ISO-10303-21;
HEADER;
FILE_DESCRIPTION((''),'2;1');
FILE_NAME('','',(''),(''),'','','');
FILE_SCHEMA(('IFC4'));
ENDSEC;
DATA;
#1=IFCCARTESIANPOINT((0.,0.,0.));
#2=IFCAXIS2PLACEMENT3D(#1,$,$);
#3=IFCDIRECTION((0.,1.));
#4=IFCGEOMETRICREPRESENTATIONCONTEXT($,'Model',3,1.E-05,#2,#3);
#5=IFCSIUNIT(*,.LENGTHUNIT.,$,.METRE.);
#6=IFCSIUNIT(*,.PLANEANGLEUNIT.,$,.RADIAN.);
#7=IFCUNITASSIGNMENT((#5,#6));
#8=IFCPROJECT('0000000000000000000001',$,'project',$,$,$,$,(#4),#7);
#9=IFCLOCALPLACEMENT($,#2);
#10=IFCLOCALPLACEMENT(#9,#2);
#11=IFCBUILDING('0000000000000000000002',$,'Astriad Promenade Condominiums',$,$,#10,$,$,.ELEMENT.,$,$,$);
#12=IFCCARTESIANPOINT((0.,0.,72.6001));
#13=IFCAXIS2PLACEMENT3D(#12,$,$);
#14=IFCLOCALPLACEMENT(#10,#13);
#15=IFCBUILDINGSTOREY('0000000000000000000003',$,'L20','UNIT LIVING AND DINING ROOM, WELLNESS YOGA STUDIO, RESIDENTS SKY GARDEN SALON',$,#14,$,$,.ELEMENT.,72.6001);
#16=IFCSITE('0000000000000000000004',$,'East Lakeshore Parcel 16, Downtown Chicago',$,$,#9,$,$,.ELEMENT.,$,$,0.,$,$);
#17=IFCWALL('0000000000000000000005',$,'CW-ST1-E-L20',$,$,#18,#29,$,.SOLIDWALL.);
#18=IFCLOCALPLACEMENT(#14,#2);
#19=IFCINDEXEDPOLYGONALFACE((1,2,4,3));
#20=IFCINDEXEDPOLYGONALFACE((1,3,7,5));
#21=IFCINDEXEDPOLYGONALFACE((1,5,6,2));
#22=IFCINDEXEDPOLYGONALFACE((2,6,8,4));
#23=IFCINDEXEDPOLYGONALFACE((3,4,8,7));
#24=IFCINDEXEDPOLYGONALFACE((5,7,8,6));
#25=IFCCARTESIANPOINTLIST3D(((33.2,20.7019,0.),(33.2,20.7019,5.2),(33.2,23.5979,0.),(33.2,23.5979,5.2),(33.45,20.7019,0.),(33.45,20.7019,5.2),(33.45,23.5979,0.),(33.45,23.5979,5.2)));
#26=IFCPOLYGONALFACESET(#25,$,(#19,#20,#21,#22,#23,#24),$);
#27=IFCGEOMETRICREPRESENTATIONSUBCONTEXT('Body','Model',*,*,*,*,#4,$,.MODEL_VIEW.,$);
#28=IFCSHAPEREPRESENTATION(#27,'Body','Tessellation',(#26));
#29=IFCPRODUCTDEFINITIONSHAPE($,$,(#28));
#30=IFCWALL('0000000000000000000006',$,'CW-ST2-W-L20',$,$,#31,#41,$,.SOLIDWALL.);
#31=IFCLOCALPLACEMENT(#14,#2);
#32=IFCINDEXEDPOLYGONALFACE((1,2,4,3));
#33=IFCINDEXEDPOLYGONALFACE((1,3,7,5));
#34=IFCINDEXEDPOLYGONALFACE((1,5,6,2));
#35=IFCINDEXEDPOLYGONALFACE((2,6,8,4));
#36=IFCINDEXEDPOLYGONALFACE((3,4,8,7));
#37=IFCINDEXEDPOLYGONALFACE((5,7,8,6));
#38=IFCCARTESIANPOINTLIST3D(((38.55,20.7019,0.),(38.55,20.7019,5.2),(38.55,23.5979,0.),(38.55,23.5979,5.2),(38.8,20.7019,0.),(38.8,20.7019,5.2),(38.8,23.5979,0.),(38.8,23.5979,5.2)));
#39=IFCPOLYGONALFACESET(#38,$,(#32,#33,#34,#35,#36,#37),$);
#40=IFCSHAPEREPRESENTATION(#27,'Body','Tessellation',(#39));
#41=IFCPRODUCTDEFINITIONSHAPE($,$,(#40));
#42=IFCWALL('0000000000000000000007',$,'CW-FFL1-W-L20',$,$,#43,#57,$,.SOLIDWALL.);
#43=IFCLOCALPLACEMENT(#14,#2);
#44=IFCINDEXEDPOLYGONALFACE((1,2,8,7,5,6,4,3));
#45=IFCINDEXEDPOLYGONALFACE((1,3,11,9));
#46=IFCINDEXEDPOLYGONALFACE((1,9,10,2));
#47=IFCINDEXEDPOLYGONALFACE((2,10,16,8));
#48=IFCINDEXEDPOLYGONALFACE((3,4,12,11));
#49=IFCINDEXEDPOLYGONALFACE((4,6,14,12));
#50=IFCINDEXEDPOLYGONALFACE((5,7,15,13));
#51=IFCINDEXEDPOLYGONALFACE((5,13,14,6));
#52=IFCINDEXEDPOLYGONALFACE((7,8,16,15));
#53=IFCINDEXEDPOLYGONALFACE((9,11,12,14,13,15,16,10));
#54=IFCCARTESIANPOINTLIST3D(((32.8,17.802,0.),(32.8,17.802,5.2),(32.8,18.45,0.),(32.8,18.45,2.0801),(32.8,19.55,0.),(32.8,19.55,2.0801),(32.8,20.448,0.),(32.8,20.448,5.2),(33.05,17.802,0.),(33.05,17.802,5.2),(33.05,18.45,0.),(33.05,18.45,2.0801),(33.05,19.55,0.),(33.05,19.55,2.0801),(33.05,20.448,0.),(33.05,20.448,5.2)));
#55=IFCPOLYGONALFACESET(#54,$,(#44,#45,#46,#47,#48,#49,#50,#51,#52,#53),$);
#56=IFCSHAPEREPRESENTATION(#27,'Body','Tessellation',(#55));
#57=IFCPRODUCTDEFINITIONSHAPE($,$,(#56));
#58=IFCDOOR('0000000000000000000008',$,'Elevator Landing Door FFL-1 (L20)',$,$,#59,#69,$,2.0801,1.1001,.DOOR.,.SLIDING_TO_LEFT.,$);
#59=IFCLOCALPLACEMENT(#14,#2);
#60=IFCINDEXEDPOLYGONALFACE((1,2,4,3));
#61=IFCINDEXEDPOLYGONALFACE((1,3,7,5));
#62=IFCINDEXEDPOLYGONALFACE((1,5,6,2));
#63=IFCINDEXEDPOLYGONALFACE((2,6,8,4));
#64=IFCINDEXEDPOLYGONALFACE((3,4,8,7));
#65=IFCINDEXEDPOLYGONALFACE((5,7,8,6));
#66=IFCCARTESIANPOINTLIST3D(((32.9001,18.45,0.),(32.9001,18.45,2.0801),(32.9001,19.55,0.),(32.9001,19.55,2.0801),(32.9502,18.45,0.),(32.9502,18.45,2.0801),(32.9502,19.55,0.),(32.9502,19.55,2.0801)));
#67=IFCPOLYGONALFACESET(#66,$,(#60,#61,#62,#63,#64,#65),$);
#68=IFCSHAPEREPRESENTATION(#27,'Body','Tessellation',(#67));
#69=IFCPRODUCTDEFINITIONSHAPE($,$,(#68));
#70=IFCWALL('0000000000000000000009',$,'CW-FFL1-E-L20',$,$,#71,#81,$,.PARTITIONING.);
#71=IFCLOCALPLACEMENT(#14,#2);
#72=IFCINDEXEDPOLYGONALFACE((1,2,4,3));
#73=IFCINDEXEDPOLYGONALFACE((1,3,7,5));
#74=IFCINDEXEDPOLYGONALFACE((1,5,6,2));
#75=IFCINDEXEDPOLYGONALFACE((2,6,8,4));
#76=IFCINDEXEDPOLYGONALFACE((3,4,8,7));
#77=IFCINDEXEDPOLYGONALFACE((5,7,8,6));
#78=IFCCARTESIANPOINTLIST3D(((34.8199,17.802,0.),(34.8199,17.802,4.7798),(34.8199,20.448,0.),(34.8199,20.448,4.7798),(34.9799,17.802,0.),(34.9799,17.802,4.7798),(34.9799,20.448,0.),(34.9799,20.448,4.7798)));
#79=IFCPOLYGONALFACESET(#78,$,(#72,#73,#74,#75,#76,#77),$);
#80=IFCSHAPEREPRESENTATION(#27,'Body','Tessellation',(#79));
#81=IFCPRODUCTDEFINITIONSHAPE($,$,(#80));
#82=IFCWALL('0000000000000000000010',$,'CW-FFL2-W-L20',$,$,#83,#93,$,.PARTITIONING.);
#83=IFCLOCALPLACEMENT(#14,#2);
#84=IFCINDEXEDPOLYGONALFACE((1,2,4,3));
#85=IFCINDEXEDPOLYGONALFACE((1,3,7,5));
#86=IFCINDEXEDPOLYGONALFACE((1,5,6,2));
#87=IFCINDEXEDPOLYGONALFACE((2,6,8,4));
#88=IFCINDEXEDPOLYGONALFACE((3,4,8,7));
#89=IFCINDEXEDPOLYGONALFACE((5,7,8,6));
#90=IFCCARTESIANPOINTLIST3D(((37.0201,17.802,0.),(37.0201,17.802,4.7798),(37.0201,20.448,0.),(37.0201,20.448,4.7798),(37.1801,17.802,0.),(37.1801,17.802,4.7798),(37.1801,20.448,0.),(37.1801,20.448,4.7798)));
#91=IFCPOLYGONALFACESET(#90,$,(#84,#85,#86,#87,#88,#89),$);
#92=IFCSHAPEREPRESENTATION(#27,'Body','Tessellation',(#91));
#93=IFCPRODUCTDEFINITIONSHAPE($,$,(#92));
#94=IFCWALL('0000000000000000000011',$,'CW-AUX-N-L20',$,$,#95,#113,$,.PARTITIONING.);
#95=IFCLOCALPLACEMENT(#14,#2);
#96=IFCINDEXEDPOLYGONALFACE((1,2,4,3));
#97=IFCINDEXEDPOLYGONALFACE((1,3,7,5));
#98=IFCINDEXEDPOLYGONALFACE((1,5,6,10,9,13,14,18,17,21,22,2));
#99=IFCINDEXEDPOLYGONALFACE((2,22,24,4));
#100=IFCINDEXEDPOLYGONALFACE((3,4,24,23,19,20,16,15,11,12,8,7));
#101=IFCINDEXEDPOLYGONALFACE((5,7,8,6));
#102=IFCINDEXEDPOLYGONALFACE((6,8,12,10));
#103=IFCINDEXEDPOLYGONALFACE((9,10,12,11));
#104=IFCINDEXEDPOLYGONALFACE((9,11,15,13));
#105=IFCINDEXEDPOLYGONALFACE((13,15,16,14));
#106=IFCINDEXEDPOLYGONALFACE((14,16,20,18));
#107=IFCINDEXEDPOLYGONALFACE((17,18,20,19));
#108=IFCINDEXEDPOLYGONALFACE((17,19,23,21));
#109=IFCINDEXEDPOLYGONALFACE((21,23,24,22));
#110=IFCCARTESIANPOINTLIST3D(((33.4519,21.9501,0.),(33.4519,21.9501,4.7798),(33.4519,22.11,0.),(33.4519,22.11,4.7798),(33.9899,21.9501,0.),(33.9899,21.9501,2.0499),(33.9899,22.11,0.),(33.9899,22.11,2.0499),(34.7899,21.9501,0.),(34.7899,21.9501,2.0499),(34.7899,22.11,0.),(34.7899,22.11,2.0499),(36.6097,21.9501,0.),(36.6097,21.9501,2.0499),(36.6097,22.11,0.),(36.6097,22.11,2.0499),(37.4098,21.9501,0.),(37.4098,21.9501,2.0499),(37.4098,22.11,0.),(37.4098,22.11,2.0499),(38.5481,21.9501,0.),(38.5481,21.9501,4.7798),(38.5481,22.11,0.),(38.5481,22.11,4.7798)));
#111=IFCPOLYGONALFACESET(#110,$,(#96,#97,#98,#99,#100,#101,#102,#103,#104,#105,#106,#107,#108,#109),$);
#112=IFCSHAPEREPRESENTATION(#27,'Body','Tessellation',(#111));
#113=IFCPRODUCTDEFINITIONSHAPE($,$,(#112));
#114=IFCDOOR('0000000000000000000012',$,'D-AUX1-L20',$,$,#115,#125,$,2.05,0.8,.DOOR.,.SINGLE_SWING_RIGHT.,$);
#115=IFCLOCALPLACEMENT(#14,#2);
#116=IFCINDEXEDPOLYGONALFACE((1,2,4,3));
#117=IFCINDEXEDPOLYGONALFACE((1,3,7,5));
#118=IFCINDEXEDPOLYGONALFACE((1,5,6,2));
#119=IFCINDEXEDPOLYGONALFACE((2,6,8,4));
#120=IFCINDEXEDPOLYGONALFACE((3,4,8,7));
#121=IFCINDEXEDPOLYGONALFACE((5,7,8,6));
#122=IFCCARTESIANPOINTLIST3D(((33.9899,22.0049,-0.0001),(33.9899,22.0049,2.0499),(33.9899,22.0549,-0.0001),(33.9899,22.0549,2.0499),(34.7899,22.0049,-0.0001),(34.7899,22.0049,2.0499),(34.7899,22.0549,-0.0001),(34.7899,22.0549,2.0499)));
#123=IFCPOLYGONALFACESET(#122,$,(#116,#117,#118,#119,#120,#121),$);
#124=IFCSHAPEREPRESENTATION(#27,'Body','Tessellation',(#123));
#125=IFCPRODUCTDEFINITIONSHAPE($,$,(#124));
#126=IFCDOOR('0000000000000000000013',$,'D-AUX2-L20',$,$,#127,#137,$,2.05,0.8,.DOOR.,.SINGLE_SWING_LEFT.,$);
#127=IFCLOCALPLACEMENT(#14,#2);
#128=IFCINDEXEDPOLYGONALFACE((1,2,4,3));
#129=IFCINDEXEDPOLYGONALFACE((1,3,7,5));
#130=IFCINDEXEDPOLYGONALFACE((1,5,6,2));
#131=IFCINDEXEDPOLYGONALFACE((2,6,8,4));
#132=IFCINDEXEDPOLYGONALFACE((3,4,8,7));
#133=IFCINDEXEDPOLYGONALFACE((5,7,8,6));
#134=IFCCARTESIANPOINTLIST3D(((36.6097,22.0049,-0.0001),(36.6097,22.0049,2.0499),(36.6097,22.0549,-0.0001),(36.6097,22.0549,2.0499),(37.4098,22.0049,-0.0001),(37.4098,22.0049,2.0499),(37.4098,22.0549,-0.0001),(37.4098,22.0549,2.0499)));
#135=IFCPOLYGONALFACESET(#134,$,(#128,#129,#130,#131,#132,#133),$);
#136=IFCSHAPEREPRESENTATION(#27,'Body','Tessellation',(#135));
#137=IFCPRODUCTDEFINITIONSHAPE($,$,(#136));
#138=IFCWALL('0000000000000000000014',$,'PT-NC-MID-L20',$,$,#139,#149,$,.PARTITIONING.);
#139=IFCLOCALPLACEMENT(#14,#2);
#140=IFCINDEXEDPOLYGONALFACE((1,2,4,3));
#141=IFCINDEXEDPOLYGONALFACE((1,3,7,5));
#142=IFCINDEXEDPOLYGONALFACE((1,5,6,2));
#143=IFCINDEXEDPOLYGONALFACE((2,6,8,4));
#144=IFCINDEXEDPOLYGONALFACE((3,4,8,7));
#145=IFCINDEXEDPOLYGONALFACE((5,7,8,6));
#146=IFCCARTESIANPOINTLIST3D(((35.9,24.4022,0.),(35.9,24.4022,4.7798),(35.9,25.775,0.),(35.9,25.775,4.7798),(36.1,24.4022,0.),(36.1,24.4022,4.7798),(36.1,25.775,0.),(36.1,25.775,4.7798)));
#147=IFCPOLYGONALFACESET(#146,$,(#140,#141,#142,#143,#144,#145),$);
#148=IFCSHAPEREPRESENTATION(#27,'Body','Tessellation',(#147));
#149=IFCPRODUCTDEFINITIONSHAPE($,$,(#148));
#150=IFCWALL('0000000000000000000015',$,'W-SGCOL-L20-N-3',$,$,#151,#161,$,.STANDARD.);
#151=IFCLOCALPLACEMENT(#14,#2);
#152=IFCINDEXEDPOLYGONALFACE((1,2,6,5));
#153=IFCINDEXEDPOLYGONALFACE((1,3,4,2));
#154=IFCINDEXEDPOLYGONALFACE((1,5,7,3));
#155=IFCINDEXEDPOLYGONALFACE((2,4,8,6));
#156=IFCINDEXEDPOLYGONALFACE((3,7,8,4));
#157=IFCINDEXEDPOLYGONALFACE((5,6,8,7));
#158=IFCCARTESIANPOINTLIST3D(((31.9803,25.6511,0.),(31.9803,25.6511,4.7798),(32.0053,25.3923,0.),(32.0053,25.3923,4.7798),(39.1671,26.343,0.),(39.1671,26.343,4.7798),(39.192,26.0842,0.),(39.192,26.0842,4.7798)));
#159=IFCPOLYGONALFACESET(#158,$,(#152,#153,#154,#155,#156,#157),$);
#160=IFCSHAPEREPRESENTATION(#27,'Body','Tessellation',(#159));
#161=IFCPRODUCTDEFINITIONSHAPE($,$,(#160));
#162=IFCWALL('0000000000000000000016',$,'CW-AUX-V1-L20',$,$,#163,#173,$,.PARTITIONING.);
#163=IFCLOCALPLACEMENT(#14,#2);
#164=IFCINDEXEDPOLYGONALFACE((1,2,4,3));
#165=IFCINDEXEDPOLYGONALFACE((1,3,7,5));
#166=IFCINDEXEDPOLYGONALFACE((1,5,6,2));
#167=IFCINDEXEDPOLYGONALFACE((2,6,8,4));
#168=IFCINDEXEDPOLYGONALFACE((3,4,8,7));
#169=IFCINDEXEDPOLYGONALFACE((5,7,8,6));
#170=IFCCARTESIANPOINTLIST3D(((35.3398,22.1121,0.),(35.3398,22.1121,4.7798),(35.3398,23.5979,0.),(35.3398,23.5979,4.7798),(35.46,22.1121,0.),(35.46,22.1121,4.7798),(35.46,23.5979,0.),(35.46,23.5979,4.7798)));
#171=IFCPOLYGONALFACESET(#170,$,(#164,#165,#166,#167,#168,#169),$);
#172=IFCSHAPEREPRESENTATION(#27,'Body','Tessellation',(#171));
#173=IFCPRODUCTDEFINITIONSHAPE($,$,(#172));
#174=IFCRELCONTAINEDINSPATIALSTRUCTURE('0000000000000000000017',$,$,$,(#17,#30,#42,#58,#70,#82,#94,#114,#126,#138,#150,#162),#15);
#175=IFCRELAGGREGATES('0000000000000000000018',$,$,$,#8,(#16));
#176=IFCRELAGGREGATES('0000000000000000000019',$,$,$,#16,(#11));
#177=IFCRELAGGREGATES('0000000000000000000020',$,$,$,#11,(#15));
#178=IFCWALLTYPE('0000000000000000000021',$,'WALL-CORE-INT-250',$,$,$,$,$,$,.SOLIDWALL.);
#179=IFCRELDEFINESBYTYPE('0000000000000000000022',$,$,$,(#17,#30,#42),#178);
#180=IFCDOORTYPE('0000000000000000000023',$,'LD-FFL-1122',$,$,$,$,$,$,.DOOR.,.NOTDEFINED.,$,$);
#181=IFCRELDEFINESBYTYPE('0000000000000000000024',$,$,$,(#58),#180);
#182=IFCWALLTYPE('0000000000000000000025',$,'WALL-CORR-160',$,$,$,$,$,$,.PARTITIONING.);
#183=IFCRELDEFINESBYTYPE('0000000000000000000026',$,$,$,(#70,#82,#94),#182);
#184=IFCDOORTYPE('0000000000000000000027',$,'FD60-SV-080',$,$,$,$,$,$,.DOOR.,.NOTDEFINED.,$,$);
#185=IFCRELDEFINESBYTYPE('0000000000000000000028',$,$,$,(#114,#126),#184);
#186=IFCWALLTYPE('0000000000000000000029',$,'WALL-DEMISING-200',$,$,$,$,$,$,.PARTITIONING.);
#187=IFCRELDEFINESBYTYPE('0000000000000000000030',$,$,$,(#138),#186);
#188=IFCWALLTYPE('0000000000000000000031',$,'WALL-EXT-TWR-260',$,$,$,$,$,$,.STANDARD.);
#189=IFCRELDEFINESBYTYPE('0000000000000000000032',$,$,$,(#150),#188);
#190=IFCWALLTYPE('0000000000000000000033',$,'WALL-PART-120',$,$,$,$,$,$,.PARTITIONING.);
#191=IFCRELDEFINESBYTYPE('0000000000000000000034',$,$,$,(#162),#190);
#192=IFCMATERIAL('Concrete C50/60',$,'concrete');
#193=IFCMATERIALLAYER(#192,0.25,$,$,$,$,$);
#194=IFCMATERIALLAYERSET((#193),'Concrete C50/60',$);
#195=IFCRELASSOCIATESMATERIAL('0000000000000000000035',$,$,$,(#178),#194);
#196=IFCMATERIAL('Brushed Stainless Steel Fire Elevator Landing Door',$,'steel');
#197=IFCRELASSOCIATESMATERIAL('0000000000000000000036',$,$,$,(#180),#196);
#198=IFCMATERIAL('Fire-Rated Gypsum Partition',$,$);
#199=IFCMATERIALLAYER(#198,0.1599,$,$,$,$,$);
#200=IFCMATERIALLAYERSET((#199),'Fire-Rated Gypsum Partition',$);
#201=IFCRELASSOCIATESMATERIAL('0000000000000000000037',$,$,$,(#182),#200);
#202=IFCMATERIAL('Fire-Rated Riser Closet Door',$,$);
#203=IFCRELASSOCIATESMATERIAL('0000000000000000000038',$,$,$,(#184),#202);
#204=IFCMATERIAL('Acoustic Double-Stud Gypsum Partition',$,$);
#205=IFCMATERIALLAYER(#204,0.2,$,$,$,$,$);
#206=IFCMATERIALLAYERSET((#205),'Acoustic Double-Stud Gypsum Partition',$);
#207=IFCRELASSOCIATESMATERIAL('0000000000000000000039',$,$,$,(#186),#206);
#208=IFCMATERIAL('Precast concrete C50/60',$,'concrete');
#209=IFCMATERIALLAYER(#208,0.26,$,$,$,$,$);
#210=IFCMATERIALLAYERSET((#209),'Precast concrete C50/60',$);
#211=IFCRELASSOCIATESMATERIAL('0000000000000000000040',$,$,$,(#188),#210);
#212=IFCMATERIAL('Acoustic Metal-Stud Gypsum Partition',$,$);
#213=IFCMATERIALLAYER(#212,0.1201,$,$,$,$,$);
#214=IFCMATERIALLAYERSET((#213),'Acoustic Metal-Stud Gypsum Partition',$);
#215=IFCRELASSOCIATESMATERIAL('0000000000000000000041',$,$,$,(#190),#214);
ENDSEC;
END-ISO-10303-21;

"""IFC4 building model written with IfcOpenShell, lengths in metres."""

from ifc_helpers import new_model, si_unit, direction, frame, frame_2d, origin, place, context, subcontext, project, spatial, rectangle, extrude, source, transform, mapped, material, layer, layer_set, type_object, type_shapes, element, fill, save


model = new_model("IFC4")

# Units and contexts
model_context = context("Model", 3, precision=1e-05, world=origin(), true_north=direction((0.0, 1.0)))
body_context = subcontext(model_context, "Body", "Model", "MODEL_VIEW")
ifc_project = project(units=[si_unit("LENGTHUNIT", "METRE"), si_unit("PLANEANGLEUNIT", "RADIAN")], contexts=[model_context])

# Site, building, storey
site_placement = place(None, origin())
site = spatial("IfcSite", under=ifc_project, at=site_placement, Name="East Lakeshore Parcel 16, Downtown Chicago", CompositionType="ELEMENT", RefElevation=0.0)
building_placement = place(site_placement, origin())
building = spatial("IfcBuilding", under=site, at=building_placement, Name="Astriad Promenade Condominiums", CompositionType="ELEMENT")
storey_placement = place(building_placement, frame((0.0, 0.0, 72.6001)))
storey = spatial("IfcBuildingStorey", under=building, at=storey_placement, Name="L20", Description="UNIT LIVING AND DINING ROOM, WELLNESS YOGA STUDIO, RESIDENTS SKY GARDEN SALON", CompositionType="ELEMENT", Elevation=72.6001)

# Shared definitions
ifc_material_1 = material(Name="Concrete C50/60", Category="concrete")
ifc_layer_1 = layer(ifc_material_1, 0.25)
ifc_layer_set_1 = layer_set([ifc_layer_1], Name="Concrete C50/60")
wall_type_1 = type_object("IfcWallType", Name="WALL-CORE-INT-250", PredefinedType="SOLIDWALL", material=ifc_layer_set_1)

# Walls
for number, where, z_axis, x_axis, name in (
    (1, (33.325, 20.7019, 0.0), (0.0, 0.0, 1.0), (0.0, 1.0, 0.0), "CW-ST1-E-L20"),
    (2, (38.675, 20.7019, 0.0), (0.0, 0.0, 1.0), (0.0, 1.0, 0.0), "CW-ST2-W-L20"),
):
    element("IfcWall", number, at=place(storey_placement, frame(where, z_axis=z_axis, x_axis=x_axis)), inside=storey, type_object=wall_type_1, Name=name, PredefinedType="SOLIDWALL", context=body_context, shape_type="SweptSolid", body=[
        extrude(rectangle(XDim=2.896, YDim=0.25, at=frame_2d((1.448, 0.0))), origin(), (0.0, 0.0, 1.0), 5.2),
    ])

# Wall, opening, door
wall_1_placement = place(storey_placement, frame((32.925, 17.802, 0.0), z_axis=(0.0, 0.0, 1.0), x_axis=(0.0, 1.0, 0.0)))
wall_1 = element("IfcWall", 3, at=wall_1_placement, inside=storey, type_object=wall_type_1, Name="CW-FFL1-W-L20", PredefinedType="SOLIDWALL", context=body_context, shape_type="SweptSolid", body=[
    extrude(rectangle(XDim=2.646, YDim=0.25, at=frame_2d((1.323, 0.0))), origin(), (0.0, 0.0, 1.0), 5.2),
])
opening_1_placement = place(wall_1_placement, frame((0.6479, 0.0, 0.0)))
opening_1 = element("IfcOpeningElement", 4, at=opening_1_placement, cuts=wall_1, PredefinedType="OPENING", context=body_context, shape_type="SweptSolid", body=[
    extrude(rectangle(XDim=1.1001, YDim=2.0801, at=frame_2d((0.55, 1.04))), frame((0.0, 0.135, 0.0), z_axis=(0.0, -1.0, 0.0), x_axis=(1.0, 0.0, 0.0)), (0.0, 0.0, 1.0), 0.27),
])
ifc_material_2 = material(Name="Brushed Stainless Steel Fire Elevator Landing Door", Category="steel")
door_type_1 = type_object("IfcDoorType", Name="LD-FFL-1122", OperationType="NOTDEFINED", PredefinedType="DOOR", material=ifc_material_2)
shared_shape_1 = source(origin(), body_context, "Body", "SweptSolid", [
    extrude(rectangle(XDim=1.1001, YDim=2.0801, at=frame_2d((0.55, 1.04))), frame((0.0, 0.0249, 0.0), z_axis=(0.0, -1.0, 0.0), x_axis=(1.0, 0.0, 0.0)), (0.0, 0.0, 1.0), 0.05),
])
type_shapes(door_type_1, [shared_shape_1])
door_1_placement = place(opening_1_placement, origin())
door_1 = element("IfcDoor", 5, at=door_1_placement, inside=storey, type_object=door_type_1, Name="Elevator Landing Door FFL-1 (L20)", OperationType="SLIDING_TO_LEFT", OverallHeight=2.0801, OverallWidth=1.1001, PredefinedType="DOOR", context=body_context, shape_type="MappedRepresentation", body=[
    mapped(shared_shape_1, transform((0.0, 0.0, 0.0), scale=1.0)),
])
fill(opening_1, door_1)

# Walls
ifc_material_3 = material(Name="Fire-Rated Gypsum Partition")
ifc_layer_2 = layer(ifc_material_3, 0.1599)
ifc_layer_set_2 = layer_set([ifc_layer_2], Name="Fire-Rated Gypsum Partition")
wall_type_2 = type_object("IfcWallType", Name="WALL-CORR-160", PredefinedType="PARTITIONING", material=ifc_layer_set_2)
for number, where, z_axis, x_axis, name in (
    (6, (34.8999, 17.802, 0.0), (0.0, 0.0, 1.0), (0.0, 1.0, 0.0), "CW-FFL1-E-L20"),
    (7, (37.1001, 17.802, 0.0), (0.0, 0.0, 1.0), (0.0, 1.0, 0.0), "CW-FFL2-W-L20"),
):
    element("IfcWall", number, at=place(storey_placement, frame(where, z_axis=z_axis, x_axis=x_axis)), inside=storey, type_object=wall_type_2, Name=name, PredefinedType="PARTITIONING", context=body_context, shape_type="SweptSolid", body=[
        extrude(rectangle(XDim=2.646, YDim=0.1599, at=frame_2d((1.323, 0.0))), origin(), (0.0, 0.0, 1.0), 4.7798),
    ])

# Wall, openings, doors
wall_2_placement = place(storey_placement, frame((33.4519, 22.03, 0.0), z_axis=(0.0, 0.0, 1.0), x_axis=(1.0, 0.0, 0.0)))
wall_2 = element("IfcWall", 8, at=wall_2_placement, inside=storey, type_object=wall_type_2, Name="CW-AUX-N-L20", PredefinedType="PARTITIONING", context=body_context, shape_type="SweptSolid", body=[
    extrude(rectangle(XDim=5.0962, YDim=0.1599, at=frame_2d((2.5481, 0.0))), origin(), (0.0, 0.0, 1.0), 4.7798),
])
opening_2_placement = place(wall_2_placement, frame((0.5381, 0.0, 0.0)))
opening_2 = element("IfcOpeningElement", 9, at=opening_2_placement, cuts=wall_2, PredefinedType="OPENING", context=body_context, shape_type="SweptSolid", body=[
    extrude(rectangle(XDim=0.8, YDim=2.05, at=frame_2d((0.3999, 1.0249))), frame((0.0, 0.0898, 0.0), z_axis=(0.0, -1.0, 0.0), x_axis=(1.0, 0.0, 0.0)), (0.0, 0.0, 1.0), 0.1799),
])
opening_3_placement = place(wall_2_placement, frame((3.158, 0.0, 0.0)))
opening_3 = element("IfcOpeningElement", 10, at=opening_3_placement, cuts=wall_2, PredefinedType="OPENING", context=body_context, shape_type="SweptSolid", body=[
    extrude(rectangle(XDim=0.8, YDim=2.05, at=frame_2d((0.3999, 1.0249))), frame((0.0, 0.0898, 0.0), z_axis=(0.0, -1.0, 0.0), x_axis=(1.0, 0.0, 0.0)), (0.0, 0.0, 1.0), 0.1799),
])
ifc_material_4 = material(Name="Fire-Rated Riser Closet Door")
door_type_2 = type_object("IfcDoorType", Name="FD60-SV-080", OperationType="NOTDEFINED", PredefinedType="DOOR", material=ifc_material_4)
shared_shape_2 = source(origin(), body_context, "Body", "SweptSolid", [
    extrude(rectangle(XDim=0.8, YDim=2.05, at=frame_2d((0.3999, 1.0249))), frame((0.0, 0.0249, 0.0), z_axis=(0.0, -1.0, 0.0), x_axis=(1.0, 0.0, 0.0)), (0.0, 0.0, 1.0), 0.05),
])
type_shapes(door_type_2, [shared_shape_2])
door_2_placement = place(opening_2_placement, origin())
door_2 = element("IfcDoor", 11, at=door_2_placement, inside=storey, type_object=door_type_2, Name="D-AUX1-L20", OperationType="SINGLE_SWING_RIGHT", OverallHeight=2.05, OverallWidth=0.8, PredefinedType="DOOR", context=body_context, shape_type="MappedRepresentation", body=[
    mapped(shared_shape_2, transform((0.0, 0.0, 0.0), scale=1.0)),
])
fill(opening_2, door_2)
door_3_placement = place(opening_3_placement, origin())
door_3 = element("IfcDoor", 12, at=door_3_placement, inside=storey, type_object=door_type_2, Name="D-AUX2-L20", OperationType="SINGLE_SWING_LEFT", OverallHeight=2.05, OverallWidth=0.8, PredefinedType="DOOR", context=body_context, shape_type="MappedRepresentation", body=[
    mapped(shared_shape_2, transform((0.0, 0.0, 0.0), scale=1.0)),
])
fill(opening_3, door_3)

# Walls
ifc_material_5 = material(Name="Acoustic Double-Stud Gypsum Partition")
ifc_layer_3 = layer(ifc_material_5, 0.2)
ifc_layer_set_3 = layer_set([ifc_layer_3], Name="Acoustic Double-Stud Gypsum Partition")
wall_type_3 = type_object("IfcWallType", Name="WALL-DEMISING-200", PredefinedType="PARTITIONING", material=ifc_layer_set_3)
wall_3_placement = place(storey_placement, frame((36.0, 24.4021, 0.0), z_axis=(0.0, 0.0, 1.0), x_axis=(0.0, 1.0, 0.0)))
element("IfcWall", 13, at=wall_3_placement, inside=storey, type_object=wall_type_3, Name="PT-NC-MID-L20", PredefinedType="PARTITIONING", context=body_context, shape_type="SweptSolid", body=[
    extrude(rectangle(XDim=1.3728, YDim=0.2, at=frame_2d((0.6865, 0.0))), origin(), (0.0, 0.0, 1.0), 4.7798),
])
ifc_material_6 = material(Name="Precast concrete C50/60", Category="concrete")
ifc_layer_4 = layer(ifc_material_6, 0.26)
ifc_layer_set_4 = layer_set([ifc_layer_4], Name="Precast concrete C50/60")
wall_type_4 = type_object("IfcWallType", Name="WALL-EXT-TWR-260", PredefinedType="STANDARD", material=ifc_layer_set_4)
wall_4_placement = place(storey_placement, frame((31.9929, 25.5217, 0.0), z_axis=(0.0, 0.0, 1.0), x_axis=(0.995398, 0.09583, 0.0)))
element("IfcWall", 14, at=wall_4_placement, inside=storey, type_object=wall_type_4, Name="W-SGCOL-L20-N-3", PredefinedType="STANDARD", context=body_context, shape_type="SweptSolid", body=[
    extrude(rectangle(XDim=7.22, YDim=0.26, at=frame_2d((3.6099, 0.0))), origin(), (0.0, 0.0, 1.0), 4.7798),
])
ifc_material_7 = material(Name="Acoustic Metal-Stud Gypsum Partition")
ifc_layer_5 = layer(ifc_material_7, 0.1201)
ifc_layer_set_5 = layer_set([ifc_layer_5], Name="Acoustic Metal-Stud Gypsum Partition")
wall_type_5 = type_object("IfcWallType", Name="WALL-PART-120", PredefinedType="PARTITIONING", material=ifc_layer_set_5)
wall_5_placement = place(storey_placement, frame((35.3999, 22.1121, 0.0), z_axis=(0.0, 0.0, 1.0), x_axis=(0.0, 1.0, 0.0)))
element("IfcWall", 15, at=wall_5_placement, inside=storey, type_object=wall_type_5, Name="CW-AUX-V1-L20", PredefinedType="PARTITIONING", context=body_context, shape_type="SweptSolid", body=[
    extrude(rectangle(XDim=1.4858, YDim=0.1201, at=frame_2d((0.7429, 0.0))), origin(), (0.0, 0.0, 1.0), 4.7798),
])

save(model, "model.ifc")
